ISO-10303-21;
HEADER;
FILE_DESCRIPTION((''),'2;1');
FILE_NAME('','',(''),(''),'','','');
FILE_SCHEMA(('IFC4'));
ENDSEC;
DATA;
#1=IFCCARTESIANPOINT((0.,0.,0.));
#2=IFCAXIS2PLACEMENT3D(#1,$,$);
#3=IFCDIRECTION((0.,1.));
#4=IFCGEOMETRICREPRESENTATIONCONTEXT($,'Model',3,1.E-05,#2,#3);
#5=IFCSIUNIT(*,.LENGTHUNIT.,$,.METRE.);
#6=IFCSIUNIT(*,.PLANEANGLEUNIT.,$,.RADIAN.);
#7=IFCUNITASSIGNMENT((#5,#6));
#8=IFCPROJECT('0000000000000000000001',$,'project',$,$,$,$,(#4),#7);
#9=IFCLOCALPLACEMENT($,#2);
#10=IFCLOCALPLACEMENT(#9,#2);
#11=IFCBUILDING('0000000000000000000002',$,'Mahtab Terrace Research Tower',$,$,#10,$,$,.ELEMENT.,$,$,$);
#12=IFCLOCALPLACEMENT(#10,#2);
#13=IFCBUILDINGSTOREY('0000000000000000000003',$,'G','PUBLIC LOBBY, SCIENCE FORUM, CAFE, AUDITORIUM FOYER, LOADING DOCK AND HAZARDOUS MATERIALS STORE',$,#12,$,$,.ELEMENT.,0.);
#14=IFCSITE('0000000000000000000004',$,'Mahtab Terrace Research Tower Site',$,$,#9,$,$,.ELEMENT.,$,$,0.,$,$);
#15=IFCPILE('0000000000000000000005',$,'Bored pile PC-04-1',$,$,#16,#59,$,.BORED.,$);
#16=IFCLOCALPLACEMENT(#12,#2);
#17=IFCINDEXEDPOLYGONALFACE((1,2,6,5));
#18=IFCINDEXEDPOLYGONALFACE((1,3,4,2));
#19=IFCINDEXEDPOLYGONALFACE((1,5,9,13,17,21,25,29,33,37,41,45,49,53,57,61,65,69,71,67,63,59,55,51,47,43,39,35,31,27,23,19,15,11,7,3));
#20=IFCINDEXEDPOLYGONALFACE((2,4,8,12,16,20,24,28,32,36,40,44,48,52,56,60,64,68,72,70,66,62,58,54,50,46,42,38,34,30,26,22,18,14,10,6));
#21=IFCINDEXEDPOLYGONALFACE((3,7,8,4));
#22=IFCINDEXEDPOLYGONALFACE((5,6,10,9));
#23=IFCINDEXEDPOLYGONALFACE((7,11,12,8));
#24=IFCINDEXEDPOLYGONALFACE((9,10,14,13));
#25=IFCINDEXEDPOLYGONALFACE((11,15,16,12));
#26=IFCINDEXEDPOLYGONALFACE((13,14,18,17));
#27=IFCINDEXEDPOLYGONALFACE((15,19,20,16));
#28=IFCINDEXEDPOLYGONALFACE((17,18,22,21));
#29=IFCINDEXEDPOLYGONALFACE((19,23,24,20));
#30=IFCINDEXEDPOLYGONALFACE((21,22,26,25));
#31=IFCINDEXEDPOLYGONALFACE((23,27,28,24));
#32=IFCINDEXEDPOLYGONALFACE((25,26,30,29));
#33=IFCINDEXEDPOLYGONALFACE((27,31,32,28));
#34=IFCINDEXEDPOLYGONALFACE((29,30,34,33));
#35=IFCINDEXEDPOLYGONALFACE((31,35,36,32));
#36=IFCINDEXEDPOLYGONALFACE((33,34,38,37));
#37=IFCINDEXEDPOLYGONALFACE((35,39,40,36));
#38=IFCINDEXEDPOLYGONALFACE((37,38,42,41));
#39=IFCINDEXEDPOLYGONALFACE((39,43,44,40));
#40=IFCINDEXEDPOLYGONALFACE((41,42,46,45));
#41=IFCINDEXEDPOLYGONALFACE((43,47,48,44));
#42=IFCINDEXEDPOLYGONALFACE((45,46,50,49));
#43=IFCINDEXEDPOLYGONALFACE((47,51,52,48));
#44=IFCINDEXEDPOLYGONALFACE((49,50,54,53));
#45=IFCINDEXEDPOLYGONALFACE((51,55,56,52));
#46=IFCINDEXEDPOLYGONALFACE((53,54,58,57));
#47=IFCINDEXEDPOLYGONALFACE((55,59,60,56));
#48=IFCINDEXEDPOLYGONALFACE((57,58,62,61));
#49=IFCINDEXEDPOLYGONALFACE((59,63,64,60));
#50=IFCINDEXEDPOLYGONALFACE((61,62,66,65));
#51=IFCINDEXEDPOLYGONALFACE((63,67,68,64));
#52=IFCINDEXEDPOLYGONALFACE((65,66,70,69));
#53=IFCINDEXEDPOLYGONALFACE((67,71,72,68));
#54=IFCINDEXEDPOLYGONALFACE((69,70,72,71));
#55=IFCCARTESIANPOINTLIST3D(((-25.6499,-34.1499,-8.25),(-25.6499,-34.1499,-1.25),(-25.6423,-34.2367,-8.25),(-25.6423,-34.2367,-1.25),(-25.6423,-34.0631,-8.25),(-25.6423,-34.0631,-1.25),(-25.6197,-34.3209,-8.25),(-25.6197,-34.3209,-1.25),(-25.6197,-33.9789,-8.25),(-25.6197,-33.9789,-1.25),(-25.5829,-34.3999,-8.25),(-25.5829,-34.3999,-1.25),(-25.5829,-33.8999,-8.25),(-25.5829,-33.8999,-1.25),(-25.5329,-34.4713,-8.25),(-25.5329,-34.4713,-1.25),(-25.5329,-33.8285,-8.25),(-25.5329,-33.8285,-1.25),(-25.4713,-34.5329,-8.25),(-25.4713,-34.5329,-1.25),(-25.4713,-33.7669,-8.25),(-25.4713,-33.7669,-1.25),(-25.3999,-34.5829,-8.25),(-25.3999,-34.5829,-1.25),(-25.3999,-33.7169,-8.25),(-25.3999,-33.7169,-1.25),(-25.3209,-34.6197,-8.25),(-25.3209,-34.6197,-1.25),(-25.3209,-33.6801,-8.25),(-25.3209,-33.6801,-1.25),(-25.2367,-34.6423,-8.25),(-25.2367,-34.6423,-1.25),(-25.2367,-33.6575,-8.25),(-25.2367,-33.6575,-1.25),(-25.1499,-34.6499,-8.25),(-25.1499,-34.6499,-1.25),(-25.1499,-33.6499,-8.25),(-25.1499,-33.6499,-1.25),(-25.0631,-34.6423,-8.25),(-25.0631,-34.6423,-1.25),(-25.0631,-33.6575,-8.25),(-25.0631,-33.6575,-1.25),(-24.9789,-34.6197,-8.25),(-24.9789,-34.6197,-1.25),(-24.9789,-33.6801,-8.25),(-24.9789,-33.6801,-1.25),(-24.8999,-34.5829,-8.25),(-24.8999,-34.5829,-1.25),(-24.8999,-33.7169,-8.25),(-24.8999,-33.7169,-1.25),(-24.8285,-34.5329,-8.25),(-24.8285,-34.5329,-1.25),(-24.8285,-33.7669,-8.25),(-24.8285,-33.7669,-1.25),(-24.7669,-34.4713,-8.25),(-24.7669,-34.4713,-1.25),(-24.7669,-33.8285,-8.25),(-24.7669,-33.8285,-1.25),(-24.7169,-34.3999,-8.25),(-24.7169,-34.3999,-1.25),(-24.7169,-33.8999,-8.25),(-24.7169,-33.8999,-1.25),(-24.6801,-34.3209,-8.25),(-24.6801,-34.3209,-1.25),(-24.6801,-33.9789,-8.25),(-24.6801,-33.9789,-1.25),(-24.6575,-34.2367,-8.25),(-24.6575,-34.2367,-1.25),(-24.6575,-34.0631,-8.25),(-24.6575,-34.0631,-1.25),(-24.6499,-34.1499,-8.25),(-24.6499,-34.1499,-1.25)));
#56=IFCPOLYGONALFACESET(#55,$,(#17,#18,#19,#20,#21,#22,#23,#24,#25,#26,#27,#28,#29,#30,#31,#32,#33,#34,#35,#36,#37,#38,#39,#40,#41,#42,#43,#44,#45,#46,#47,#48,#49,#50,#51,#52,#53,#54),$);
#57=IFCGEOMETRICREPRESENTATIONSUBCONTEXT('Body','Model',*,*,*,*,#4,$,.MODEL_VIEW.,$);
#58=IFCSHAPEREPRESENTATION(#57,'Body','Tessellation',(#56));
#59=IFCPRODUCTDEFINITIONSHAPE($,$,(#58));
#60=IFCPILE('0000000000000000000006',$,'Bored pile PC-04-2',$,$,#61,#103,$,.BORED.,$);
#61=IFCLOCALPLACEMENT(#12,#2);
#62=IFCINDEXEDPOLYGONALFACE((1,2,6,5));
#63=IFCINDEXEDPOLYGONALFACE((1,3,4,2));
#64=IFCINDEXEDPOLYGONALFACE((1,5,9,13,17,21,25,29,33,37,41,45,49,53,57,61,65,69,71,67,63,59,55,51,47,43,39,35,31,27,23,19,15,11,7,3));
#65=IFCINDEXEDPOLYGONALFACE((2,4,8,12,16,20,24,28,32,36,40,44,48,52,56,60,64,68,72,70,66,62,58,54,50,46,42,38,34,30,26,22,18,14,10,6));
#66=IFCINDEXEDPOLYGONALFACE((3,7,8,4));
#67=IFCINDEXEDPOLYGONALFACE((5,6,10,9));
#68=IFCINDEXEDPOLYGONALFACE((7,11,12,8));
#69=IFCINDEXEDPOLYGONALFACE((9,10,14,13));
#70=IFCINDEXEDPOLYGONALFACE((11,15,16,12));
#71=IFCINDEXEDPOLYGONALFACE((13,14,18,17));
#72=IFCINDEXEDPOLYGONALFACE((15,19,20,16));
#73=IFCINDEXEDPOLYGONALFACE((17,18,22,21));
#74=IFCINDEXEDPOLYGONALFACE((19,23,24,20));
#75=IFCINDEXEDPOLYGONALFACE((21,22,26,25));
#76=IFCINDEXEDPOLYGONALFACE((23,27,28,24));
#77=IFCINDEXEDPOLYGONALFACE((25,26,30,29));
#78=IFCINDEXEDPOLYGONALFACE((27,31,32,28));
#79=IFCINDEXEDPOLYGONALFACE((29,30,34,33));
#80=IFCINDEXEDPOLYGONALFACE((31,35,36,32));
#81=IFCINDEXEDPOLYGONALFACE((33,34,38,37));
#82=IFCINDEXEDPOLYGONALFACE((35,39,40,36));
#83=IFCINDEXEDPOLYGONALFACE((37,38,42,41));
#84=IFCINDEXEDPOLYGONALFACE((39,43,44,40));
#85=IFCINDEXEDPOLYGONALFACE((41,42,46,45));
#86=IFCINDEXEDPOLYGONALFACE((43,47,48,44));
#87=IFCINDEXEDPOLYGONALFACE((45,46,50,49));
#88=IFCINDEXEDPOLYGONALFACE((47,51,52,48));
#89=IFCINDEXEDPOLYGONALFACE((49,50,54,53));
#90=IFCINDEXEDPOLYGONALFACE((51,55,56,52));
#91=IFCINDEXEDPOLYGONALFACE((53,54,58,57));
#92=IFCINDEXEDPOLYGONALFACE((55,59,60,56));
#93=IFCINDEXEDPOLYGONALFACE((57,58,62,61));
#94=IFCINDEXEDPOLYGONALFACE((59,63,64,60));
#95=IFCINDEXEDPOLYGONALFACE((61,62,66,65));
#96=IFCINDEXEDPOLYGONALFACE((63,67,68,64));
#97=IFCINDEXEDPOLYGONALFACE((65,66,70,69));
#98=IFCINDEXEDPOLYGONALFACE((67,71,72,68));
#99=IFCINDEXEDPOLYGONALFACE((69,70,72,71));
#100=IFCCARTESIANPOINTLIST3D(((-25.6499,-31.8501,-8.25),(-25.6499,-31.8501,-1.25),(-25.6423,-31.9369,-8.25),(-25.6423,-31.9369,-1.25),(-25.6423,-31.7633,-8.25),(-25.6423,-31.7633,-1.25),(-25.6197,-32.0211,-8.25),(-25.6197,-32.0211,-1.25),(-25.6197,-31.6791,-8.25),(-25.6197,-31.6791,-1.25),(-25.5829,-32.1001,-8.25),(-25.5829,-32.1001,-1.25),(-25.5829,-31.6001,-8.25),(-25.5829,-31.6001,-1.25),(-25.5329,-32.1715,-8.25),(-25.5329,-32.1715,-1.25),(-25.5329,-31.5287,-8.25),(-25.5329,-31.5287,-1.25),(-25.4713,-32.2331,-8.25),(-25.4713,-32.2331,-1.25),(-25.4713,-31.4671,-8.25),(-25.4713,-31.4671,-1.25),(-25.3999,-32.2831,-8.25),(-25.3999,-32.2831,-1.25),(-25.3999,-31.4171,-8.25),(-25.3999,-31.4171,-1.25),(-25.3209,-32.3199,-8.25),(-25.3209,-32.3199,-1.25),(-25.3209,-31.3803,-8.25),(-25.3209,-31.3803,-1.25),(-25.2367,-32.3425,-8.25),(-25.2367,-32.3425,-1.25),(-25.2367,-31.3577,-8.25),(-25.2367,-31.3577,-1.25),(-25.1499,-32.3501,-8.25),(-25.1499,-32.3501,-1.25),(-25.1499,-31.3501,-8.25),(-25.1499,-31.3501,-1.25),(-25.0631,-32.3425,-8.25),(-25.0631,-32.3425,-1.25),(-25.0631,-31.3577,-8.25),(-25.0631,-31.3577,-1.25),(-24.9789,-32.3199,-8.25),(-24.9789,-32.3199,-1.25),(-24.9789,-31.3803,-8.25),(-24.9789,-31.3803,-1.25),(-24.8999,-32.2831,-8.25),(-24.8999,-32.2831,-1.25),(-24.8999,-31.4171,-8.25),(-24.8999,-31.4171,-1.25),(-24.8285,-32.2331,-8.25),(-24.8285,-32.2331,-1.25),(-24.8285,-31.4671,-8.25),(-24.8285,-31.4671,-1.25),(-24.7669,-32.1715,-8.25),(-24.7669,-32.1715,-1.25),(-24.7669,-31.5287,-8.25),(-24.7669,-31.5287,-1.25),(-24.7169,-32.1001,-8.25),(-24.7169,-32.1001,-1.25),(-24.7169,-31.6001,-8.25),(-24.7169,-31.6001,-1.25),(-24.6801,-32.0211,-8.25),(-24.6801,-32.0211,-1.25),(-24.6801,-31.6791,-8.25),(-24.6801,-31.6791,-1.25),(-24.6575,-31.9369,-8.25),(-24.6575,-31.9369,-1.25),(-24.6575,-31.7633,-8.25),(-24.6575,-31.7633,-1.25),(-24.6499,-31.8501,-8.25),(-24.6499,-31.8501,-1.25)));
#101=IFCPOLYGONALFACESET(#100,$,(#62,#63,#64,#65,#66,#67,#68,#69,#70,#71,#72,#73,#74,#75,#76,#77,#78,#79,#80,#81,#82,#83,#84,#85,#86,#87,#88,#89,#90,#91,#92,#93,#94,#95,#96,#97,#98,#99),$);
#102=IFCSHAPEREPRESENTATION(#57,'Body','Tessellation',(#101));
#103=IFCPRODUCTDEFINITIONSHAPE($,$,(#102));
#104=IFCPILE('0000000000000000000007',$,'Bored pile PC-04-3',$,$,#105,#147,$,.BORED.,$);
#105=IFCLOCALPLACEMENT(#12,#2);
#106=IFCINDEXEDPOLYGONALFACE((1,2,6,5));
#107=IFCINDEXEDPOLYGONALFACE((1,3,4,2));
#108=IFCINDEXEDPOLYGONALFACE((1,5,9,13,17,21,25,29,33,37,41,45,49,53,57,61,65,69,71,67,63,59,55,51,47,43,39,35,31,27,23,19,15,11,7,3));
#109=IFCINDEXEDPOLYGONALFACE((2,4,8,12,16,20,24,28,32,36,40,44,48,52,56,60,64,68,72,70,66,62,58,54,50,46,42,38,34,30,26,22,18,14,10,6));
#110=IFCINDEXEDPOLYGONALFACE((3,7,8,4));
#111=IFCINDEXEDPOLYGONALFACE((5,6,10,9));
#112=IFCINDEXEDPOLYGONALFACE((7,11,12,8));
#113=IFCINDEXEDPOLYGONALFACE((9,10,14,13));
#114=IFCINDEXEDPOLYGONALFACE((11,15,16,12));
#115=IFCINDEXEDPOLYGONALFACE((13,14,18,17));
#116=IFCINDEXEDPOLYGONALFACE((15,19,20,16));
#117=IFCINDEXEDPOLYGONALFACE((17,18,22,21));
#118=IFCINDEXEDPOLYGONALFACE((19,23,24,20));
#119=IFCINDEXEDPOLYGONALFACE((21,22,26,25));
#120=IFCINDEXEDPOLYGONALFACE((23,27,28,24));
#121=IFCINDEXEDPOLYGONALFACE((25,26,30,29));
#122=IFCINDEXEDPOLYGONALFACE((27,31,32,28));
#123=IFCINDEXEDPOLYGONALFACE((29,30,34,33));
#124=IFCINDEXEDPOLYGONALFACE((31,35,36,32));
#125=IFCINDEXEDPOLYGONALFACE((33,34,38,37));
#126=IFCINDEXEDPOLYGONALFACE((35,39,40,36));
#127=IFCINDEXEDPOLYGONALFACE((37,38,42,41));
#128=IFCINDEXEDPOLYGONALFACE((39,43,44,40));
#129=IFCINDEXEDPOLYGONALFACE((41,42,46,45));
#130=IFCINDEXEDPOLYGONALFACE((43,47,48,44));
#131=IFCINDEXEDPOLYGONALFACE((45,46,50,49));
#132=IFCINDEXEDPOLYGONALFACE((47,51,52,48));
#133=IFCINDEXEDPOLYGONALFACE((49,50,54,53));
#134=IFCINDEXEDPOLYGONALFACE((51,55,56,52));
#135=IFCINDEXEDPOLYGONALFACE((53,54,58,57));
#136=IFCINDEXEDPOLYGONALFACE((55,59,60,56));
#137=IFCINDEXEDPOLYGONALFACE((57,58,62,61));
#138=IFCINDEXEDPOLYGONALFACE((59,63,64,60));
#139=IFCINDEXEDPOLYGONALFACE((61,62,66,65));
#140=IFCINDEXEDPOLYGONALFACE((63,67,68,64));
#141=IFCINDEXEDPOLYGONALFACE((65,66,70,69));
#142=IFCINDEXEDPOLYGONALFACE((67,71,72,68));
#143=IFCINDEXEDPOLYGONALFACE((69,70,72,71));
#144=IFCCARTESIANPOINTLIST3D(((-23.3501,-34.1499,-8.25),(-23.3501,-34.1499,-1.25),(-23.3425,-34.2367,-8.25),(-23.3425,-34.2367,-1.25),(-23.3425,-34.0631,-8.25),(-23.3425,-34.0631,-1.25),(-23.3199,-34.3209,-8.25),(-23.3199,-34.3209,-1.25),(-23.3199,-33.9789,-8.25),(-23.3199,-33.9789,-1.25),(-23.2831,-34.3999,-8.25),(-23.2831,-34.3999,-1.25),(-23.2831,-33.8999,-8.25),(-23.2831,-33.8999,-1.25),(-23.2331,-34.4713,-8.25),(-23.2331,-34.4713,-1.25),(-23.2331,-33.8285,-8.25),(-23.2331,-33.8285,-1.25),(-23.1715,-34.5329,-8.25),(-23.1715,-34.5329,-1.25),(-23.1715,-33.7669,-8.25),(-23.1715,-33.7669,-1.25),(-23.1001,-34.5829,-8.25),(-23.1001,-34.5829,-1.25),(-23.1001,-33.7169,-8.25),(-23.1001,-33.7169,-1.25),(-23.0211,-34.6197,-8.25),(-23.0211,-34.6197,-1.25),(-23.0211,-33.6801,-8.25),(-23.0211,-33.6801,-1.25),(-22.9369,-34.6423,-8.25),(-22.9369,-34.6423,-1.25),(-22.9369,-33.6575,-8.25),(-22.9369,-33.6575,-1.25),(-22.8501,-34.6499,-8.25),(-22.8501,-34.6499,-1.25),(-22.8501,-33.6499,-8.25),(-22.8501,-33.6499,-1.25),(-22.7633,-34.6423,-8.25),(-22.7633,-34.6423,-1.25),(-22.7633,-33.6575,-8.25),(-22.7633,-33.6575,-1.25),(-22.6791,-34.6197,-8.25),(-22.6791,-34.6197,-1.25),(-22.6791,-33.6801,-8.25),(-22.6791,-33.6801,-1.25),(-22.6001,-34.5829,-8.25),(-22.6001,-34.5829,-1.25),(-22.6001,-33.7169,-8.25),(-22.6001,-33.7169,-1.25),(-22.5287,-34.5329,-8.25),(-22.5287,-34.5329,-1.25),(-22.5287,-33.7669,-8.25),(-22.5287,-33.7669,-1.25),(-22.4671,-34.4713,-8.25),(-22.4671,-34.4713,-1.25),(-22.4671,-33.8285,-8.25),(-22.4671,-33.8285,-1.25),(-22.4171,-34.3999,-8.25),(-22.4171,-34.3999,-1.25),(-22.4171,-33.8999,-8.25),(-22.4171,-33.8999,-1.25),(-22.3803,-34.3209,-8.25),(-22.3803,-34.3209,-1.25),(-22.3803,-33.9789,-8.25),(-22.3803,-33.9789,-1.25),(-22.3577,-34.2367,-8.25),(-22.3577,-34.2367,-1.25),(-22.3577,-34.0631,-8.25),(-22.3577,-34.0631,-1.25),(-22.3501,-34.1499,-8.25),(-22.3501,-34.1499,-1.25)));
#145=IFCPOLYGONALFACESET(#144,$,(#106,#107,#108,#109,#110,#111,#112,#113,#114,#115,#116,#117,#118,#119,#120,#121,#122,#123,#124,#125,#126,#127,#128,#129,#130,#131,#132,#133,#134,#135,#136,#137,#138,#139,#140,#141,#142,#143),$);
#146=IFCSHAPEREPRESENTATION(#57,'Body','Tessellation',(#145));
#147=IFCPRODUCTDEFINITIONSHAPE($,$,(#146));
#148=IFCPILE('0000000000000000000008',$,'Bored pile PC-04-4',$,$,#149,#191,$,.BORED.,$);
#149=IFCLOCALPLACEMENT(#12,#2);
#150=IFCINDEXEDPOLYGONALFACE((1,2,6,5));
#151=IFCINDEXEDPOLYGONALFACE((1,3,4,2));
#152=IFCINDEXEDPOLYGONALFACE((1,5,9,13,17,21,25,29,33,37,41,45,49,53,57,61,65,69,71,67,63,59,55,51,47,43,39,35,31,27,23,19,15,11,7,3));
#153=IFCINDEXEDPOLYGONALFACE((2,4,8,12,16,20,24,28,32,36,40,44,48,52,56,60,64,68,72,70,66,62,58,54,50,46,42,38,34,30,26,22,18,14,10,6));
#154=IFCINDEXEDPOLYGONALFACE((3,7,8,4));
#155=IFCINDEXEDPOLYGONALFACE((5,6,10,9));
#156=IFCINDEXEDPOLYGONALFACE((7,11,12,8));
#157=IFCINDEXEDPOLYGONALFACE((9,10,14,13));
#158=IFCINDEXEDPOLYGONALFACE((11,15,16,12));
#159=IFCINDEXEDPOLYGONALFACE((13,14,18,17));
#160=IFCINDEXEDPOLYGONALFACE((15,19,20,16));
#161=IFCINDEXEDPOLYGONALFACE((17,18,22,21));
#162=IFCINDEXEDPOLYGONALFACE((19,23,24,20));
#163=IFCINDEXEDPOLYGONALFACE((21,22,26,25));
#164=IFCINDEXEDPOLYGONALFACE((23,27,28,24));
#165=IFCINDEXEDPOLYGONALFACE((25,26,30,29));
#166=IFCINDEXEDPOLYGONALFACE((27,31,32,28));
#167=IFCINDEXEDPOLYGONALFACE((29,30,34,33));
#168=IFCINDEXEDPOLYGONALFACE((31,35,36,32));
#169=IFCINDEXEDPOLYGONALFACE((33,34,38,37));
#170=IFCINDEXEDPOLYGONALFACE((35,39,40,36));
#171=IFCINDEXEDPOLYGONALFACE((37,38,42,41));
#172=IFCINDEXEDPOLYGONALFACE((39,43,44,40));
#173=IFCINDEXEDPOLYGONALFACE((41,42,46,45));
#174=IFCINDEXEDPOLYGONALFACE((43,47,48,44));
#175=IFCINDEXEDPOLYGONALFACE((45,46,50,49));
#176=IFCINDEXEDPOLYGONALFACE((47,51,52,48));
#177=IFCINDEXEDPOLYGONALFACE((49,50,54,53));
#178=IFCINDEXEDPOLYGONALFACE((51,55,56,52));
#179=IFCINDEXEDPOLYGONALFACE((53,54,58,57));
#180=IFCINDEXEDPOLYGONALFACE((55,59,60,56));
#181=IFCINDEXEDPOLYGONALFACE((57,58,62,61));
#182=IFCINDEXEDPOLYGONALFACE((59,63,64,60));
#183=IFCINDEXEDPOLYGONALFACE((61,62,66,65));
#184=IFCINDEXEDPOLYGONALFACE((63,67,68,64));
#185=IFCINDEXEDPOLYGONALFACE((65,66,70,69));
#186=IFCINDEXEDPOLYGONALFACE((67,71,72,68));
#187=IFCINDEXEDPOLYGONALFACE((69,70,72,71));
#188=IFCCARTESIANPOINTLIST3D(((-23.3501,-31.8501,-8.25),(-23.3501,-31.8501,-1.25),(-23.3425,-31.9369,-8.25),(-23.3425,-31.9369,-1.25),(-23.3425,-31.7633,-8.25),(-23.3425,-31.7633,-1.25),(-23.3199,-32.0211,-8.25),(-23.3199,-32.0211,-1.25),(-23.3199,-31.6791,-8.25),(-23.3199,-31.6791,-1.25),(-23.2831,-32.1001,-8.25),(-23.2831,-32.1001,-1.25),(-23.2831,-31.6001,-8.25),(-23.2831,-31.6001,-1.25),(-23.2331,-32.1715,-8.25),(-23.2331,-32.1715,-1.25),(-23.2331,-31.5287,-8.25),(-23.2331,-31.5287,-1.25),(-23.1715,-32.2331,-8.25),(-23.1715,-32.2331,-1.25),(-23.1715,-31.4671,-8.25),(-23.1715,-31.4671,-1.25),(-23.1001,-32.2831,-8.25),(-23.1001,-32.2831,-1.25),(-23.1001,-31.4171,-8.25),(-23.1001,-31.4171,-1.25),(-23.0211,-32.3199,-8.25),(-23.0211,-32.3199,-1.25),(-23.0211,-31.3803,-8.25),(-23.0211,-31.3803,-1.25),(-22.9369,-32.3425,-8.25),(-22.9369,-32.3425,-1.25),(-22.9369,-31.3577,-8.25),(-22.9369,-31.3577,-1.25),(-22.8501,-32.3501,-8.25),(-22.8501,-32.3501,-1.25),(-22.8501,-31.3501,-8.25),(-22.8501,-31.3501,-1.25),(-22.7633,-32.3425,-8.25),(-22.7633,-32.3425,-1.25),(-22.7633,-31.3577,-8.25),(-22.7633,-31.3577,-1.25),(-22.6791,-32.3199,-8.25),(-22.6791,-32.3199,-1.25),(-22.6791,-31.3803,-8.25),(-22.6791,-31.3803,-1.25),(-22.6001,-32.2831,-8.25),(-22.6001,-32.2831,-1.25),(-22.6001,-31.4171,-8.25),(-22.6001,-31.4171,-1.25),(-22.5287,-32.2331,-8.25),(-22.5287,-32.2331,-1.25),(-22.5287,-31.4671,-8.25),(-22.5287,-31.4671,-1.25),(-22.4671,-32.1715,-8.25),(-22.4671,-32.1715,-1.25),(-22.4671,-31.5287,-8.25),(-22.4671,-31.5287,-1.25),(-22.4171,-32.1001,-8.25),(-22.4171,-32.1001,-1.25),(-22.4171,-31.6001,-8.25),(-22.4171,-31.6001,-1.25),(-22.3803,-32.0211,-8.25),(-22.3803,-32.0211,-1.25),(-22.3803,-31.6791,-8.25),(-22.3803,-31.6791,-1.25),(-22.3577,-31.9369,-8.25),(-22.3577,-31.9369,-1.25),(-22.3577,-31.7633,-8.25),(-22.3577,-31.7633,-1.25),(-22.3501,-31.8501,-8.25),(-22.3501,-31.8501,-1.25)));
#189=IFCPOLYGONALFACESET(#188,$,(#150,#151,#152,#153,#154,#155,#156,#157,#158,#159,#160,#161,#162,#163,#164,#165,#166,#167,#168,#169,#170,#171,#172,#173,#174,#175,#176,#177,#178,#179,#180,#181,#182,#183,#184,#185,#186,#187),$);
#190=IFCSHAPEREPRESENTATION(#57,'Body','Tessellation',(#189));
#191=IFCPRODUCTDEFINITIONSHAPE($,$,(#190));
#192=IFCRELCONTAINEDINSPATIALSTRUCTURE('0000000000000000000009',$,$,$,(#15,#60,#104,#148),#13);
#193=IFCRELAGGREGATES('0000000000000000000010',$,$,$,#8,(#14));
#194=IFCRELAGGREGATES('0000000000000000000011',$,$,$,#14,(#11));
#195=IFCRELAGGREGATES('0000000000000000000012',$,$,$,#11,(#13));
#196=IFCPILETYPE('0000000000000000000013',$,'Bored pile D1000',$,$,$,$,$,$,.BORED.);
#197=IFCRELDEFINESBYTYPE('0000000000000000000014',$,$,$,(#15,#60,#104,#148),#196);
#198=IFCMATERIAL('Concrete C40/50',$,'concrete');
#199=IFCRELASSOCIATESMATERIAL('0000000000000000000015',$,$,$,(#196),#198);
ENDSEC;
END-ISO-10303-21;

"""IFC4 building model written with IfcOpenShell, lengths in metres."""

from ifc_helpers import new_model, si_unit, direction, frame, origin, origin_2d, place, context, subcontext, project, spatial, circle, extrude, material, material_profile, profile_set, type_object, element, save


model = new_model("IFC4")

# Units and contexts
model_context = context("Model", 3, precision=1e-05, world=origin(), true_north=direction((0.0, 1.0)))
body_context = subcontext(model_context, "Body", "Model", "MODEL_VIEW")
ifc_project = project(units=[si_unit("LENGTHUNIT", "METRE"), si_unit("PLANEANGLEUNIT", "RADIAN")], contexts=[model_context])

# Site, building, storey
site_placement = place(None, origin())
site = spatial("IfcSite", under=ifc_project, at=site_placement, Name="Mahtab Terrace Research Tower Site", CompositionType="ELEMENT", RefElevation=0.0)
building_placement = place(site_placement, origin())
building = spatial("IfcBuilding", under=site, at=building_placement, Name="Mahtab Terrace Research Tower", CompositionType="ELEMENT")
storey_placement = place(building_placement, origin())
storey = spatial("IfcBuildingStorey", under=building, at=storey_placement, Name="G", Description="PUBLIC LOBBY, SCIENCE FORUM, CAFE, AUDITORIUM FOYER, LOADING DOCK AND HAZARDOUS MATERIALS STORE", CompositionType="ELEMENT", Elevation=0.0)

# Piles
ifc_material_1 = material(Name="Concrete C40/50", Category="concrete")
ifc_material_profile_1 = material_profile(ifc_material_1, circle(Radius=0.5, at=origin_2d()), Name="Bored pile D1000")
ifc_profile_set_1 = profile_set([ifc_material_profile_1], Name="Concrete C40/50")
pile_type_1 = type_object("IfcPileType", Name="Bored pile D1000", PredefinedType="BORED", material=ifc_profile_set_1)
for number, where, z_axis, x_axis, name in (
    (1, (-25.1499, -34.1499, -1.25), (0.0, 0.0, -1.0), (1.0, 0.0, 0.0), "Bored pile PC-04-1"),
    (2, (-25.1499, -31.8501, -1.25), (0.0, 0.0, -1.0), (1.0, 0.0, 0.0), "Bored pile PC-04-2"),
    (3, (-22.8501, -34.1499, -1.25), (0.0, 0.0, -1.0), (1.0, 0.0, 0.0), "Bored pile PC-04-3"),
    (4, (-22.8501, -31.8501, -1.25), (0.0, 0.0, -1.0), (1.0, 0.0, 0.0), "Bored pile PC-04-4"),
):
    element("IfcPile", number, at=place(storey_placement, frame(where, z_axis=z_axis, x_axis=x_axis)), inside=storey, type_object=pile_type_1, Name=name, PredefinedType="BORED", context=body_context, shape_type="SweptSolid", body=[
        extrude(circle(Radius=0.5, at=origin_2d()), origin(), (0.0, 0.0, 1.0), 7.0),
    ])

save(model, "model.ifc")
